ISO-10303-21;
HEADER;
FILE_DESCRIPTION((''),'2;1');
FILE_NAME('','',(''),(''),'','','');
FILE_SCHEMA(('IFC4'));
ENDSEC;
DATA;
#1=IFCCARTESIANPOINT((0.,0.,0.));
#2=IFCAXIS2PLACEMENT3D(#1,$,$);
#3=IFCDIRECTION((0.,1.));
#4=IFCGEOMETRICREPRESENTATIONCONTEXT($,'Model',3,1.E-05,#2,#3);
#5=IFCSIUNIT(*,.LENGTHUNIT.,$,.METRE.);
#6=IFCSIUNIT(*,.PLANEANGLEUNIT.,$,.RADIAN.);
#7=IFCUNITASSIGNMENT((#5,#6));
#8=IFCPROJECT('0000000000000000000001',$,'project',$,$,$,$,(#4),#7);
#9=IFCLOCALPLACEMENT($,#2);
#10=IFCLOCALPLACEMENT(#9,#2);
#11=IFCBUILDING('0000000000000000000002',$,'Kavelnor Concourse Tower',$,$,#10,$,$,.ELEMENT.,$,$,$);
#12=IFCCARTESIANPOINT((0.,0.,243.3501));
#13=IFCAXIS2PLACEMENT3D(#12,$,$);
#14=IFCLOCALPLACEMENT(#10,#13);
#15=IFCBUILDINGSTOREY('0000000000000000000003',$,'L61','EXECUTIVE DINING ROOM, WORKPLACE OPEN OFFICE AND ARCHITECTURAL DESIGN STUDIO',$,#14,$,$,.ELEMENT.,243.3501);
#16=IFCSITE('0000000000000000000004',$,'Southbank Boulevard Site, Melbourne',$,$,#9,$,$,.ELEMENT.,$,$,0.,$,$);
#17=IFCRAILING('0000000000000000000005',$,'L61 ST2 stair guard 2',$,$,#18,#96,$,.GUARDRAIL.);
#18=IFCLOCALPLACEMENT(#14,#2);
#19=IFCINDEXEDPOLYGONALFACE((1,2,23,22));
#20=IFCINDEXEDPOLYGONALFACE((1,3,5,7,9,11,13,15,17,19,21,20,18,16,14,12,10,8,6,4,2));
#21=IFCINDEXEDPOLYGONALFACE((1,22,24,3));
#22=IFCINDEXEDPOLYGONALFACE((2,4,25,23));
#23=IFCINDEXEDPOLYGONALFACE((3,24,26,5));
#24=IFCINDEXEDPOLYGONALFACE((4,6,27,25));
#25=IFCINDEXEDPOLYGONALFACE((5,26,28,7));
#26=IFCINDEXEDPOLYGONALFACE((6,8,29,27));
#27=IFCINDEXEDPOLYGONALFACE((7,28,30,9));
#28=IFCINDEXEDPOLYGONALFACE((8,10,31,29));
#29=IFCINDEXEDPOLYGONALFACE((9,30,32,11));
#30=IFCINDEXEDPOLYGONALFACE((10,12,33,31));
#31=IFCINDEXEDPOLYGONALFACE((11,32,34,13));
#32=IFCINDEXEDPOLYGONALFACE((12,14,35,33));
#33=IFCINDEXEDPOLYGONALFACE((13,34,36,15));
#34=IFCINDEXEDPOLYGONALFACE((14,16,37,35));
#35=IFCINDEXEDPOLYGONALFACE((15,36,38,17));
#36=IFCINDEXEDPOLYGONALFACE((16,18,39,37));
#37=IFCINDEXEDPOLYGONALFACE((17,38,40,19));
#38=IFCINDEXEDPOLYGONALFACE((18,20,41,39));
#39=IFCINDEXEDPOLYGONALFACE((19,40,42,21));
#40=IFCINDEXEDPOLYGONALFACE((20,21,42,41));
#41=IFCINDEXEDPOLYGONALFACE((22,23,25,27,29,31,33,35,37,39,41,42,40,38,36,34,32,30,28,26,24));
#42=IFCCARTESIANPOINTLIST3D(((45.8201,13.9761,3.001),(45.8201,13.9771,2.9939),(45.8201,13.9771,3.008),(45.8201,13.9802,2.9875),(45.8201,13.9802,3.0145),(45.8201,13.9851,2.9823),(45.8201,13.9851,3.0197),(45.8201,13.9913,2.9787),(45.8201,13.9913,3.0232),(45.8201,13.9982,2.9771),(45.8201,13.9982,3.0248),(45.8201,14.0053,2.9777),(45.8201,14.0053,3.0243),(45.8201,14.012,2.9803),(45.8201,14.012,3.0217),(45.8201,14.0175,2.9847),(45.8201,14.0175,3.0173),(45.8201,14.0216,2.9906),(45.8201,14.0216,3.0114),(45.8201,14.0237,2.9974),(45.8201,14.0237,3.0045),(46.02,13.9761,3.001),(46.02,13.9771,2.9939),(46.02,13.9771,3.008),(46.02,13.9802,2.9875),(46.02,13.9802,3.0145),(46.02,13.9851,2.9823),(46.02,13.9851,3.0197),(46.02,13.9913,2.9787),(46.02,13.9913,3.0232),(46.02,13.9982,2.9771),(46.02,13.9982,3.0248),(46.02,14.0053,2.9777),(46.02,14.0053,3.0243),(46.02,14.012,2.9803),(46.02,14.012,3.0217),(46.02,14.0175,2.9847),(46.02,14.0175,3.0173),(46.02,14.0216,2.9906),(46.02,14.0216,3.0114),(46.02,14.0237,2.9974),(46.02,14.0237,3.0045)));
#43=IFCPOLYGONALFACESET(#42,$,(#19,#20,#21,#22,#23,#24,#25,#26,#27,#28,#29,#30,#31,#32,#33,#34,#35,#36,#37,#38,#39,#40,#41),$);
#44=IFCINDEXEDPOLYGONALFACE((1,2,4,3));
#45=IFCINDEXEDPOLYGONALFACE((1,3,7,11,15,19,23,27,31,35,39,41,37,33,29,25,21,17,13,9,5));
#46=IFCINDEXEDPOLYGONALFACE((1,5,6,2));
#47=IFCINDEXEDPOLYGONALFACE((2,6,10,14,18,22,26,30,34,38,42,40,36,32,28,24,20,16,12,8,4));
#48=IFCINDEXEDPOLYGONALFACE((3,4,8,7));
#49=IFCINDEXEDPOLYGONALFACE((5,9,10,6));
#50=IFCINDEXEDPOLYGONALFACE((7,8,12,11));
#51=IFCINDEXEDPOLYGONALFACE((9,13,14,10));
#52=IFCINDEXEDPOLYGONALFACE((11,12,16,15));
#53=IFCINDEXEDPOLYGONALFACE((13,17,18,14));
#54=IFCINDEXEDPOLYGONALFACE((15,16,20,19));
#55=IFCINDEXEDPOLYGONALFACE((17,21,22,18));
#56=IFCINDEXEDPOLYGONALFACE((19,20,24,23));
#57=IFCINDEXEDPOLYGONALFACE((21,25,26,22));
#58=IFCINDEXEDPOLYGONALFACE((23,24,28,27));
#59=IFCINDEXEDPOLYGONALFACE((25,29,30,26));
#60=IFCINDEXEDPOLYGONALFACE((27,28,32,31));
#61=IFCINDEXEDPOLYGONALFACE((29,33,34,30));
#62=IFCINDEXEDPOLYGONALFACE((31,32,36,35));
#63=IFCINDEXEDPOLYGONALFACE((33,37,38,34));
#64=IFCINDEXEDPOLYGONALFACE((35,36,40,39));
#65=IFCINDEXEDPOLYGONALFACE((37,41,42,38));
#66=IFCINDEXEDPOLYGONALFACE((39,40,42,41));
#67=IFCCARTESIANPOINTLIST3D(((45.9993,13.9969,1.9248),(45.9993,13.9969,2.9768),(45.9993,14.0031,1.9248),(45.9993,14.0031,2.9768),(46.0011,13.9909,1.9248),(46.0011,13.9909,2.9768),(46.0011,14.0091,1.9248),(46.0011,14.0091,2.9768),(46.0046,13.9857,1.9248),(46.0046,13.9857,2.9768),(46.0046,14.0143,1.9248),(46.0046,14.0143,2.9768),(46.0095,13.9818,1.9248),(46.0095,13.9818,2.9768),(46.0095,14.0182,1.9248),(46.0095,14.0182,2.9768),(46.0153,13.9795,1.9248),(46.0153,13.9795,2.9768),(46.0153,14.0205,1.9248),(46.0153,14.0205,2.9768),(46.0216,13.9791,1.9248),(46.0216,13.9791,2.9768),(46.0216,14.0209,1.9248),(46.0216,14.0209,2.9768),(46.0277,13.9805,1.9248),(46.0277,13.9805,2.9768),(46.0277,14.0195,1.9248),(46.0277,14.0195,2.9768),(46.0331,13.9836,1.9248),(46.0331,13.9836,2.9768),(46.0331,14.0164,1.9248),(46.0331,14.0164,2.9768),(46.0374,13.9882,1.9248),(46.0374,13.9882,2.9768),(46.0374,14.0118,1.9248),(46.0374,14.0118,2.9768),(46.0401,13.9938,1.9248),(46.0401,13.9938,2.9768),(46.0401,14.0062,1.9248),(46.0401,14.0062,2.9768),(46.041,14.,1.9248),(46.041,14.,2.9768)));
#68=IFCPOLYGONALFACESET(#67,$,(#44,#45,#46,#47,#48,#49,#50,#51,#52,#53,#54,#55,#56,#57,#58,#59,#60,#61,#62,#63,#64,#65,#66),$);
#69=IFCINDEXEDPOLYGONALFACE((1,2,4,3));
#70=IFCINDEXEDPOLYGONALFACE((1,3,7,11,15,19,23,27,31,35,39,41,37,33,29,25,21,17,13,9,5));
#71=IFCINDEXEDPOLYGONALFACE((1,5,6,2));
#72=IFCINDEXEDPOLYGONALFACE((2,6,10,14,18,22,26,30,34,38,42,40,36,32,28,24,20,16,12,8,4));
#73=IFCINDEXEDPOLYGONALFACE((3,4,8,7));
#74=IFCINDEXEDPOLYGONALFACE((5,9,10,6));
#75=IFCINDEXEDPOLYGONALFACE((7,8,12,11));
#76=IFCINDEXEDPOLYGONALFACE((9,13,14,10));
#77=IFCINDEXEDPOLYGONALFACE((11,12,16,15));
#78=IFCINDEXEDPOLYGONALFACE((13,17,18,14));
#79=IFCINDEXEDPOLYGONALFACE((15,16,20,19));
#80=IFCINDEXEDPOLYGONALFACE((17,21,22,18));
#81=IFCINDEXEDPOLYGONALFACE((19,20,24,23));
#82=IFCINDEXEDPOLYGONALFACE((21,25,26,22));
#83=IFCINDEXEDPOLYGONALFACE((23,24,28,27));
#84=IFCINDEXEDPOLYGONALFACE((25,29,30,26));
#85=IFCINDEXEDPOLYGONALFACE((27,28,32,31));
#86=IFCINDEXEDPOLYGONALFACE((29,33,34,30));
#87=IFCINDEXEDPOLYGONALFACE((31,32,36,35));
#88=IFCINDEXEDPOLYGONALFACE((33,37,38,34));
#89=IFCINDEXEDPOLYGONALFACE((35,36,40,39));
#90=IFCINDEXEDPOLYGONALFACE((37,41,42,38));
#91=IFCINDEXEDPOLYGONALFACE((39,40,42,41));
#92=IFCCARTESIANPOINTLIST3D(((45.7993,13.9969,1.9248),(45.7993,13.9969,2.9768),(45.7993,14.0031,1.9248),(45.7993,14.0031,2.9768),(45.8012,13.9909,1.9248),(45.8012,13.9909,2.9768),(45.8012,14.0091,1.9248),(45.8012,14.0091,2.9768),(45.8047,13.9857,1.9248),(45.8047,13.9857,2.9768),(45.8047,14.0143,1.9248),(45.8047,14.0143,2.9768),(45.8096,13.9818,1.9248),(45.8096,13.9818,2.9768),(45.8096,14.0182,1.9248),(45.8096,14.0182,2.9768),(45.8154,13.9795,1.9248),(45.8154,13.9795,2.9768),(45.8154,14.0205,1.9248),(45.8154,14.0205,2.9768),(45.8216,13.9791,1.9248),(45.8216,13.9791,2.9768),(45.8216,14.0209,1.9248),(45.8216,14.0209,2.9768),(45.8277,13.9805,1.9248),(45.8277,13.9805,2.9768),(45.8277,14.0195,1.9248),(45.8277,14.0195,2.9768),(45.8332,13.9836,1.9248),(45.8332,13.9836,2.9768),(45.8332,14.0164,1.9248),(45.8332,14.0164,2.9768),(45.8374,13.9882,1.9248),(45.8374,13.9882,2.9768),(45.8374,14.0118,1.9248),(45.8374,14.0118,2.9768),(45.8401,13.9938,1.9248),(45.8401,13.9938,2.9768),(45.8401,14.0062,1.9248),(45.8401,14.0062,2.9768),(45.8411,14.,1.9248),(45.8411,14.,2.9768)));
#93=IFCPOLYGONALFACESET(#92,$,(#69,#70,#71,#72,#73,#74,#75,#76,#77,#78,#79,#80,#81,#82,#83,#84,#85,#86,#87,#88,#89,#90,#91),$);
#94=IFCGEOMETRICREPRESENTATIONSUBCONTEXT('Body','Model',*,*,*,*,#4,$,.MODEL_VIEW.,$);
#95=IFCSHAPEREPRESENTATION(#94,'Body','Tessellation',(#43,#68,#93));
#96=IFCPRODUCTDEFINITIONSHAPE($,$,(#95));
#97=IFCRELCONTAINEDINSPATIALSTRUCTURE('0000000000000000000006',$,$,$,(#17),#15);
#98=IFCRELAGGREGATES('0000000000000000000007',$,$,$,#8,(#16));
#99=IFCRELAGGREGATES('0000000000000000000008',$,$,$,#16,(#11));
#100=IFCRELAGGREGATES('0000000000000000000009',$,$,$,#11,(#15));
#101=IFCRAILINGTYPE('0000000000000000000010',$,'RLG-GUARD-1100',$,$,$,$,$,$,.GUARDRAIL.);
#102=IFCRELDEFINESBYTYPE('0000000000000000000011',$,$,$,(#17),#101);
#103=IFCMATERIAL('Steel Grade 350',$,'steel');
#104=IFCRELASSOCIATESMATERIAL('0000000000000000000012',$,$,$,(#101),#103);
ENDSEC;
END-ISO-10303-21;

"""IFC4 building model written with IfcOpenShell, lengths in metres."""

from ifc_helpers import new_model, si_unit, direction, frame, origin, origin_2d, place, context, subcontext, project, spatial, circle, extrude, material, type_object, element, save


model = new_model("IFC4")

# Units and contexts
model_context = context("Model", 3, precision=1e-05, world=origin(), true_north=direction((0.0, 1.0)))
body_context = subcontext(model_context, "Body", "Model", "MODEL_VIEW")
ifc_project = project(units=[si_unit("LENGTHUNIT", "METRE"), si_unit("PLANEANGLEUNIT", "RADIAN")], contexts=[model_context])

# Site, building, storey
site_placement = place(None, origin())
site = spatial("IfcSite", under=ifc_project, at=site_placement, Name="Southbank Boulevard Site, Melbourne", CompositionType="ELEMENT", RefElevation=0.0)
building_placement = place(site_placement, origin())
building = spatial("IfcBuilding", under=site, at=building_placement, Name="Kavelnor Concourse Tower", CompositionType="ELEMENT")
storey_placement = place(building_placement, frame((0.0, 0.0, 243.3501)))
storey = spatial("IfcBuildingStorey", under=building, at=storey_placement, Name="L61", Description="EXECUTIVE DINING ROOM, WORKPLACE OPEN OFFICE AND ARCHITECTURAL DESIGN STUDIO", CompositionType="ELEMENT", Elevation=243.3501)

# Shared definitions
ifc_material_1 = material(Name="Steel Grade 350", Category="steel")

# Railing
railing_type_1 = type_object("IfcRailingType", Name="RLG-GUARD-1100", PredefinedType="GUARDRAIL", material=ifc_material_1)
railing_1_placement = place(storey_placement, frame((46.02, 14.0, 1.9248)))
element("IfcRailing", 1, at=railing_1_placement, inside=storey, type_object=railing_type_1, Name="L61 ST2 stair guard 2", PredefinedType="GUARDRAIL", context=body_context, shape_type="SweptSolid", body=[
    extrude(circle(Radius=0.0239, at=origin_2d()), frame((0.0, 0.0, 1.0762), z_axis=(-1.0, 0.0, 0.0), x_axis=(0.0, -1.0, 0.0)), (0.0, 0.0, 1.0), 0.2),
    extrude(circle(Radius=0.021, at=origin_2d()), origin(), (0.0, 0.0, 1.0), 1.052),
    extrude(circle(Radius=0.021, at=origin_2d()), frame((-0.2, 0.0, 0.0)), (0.0, 0.0, 1.0), 1.052),
])

save(model, "model.ifc")
